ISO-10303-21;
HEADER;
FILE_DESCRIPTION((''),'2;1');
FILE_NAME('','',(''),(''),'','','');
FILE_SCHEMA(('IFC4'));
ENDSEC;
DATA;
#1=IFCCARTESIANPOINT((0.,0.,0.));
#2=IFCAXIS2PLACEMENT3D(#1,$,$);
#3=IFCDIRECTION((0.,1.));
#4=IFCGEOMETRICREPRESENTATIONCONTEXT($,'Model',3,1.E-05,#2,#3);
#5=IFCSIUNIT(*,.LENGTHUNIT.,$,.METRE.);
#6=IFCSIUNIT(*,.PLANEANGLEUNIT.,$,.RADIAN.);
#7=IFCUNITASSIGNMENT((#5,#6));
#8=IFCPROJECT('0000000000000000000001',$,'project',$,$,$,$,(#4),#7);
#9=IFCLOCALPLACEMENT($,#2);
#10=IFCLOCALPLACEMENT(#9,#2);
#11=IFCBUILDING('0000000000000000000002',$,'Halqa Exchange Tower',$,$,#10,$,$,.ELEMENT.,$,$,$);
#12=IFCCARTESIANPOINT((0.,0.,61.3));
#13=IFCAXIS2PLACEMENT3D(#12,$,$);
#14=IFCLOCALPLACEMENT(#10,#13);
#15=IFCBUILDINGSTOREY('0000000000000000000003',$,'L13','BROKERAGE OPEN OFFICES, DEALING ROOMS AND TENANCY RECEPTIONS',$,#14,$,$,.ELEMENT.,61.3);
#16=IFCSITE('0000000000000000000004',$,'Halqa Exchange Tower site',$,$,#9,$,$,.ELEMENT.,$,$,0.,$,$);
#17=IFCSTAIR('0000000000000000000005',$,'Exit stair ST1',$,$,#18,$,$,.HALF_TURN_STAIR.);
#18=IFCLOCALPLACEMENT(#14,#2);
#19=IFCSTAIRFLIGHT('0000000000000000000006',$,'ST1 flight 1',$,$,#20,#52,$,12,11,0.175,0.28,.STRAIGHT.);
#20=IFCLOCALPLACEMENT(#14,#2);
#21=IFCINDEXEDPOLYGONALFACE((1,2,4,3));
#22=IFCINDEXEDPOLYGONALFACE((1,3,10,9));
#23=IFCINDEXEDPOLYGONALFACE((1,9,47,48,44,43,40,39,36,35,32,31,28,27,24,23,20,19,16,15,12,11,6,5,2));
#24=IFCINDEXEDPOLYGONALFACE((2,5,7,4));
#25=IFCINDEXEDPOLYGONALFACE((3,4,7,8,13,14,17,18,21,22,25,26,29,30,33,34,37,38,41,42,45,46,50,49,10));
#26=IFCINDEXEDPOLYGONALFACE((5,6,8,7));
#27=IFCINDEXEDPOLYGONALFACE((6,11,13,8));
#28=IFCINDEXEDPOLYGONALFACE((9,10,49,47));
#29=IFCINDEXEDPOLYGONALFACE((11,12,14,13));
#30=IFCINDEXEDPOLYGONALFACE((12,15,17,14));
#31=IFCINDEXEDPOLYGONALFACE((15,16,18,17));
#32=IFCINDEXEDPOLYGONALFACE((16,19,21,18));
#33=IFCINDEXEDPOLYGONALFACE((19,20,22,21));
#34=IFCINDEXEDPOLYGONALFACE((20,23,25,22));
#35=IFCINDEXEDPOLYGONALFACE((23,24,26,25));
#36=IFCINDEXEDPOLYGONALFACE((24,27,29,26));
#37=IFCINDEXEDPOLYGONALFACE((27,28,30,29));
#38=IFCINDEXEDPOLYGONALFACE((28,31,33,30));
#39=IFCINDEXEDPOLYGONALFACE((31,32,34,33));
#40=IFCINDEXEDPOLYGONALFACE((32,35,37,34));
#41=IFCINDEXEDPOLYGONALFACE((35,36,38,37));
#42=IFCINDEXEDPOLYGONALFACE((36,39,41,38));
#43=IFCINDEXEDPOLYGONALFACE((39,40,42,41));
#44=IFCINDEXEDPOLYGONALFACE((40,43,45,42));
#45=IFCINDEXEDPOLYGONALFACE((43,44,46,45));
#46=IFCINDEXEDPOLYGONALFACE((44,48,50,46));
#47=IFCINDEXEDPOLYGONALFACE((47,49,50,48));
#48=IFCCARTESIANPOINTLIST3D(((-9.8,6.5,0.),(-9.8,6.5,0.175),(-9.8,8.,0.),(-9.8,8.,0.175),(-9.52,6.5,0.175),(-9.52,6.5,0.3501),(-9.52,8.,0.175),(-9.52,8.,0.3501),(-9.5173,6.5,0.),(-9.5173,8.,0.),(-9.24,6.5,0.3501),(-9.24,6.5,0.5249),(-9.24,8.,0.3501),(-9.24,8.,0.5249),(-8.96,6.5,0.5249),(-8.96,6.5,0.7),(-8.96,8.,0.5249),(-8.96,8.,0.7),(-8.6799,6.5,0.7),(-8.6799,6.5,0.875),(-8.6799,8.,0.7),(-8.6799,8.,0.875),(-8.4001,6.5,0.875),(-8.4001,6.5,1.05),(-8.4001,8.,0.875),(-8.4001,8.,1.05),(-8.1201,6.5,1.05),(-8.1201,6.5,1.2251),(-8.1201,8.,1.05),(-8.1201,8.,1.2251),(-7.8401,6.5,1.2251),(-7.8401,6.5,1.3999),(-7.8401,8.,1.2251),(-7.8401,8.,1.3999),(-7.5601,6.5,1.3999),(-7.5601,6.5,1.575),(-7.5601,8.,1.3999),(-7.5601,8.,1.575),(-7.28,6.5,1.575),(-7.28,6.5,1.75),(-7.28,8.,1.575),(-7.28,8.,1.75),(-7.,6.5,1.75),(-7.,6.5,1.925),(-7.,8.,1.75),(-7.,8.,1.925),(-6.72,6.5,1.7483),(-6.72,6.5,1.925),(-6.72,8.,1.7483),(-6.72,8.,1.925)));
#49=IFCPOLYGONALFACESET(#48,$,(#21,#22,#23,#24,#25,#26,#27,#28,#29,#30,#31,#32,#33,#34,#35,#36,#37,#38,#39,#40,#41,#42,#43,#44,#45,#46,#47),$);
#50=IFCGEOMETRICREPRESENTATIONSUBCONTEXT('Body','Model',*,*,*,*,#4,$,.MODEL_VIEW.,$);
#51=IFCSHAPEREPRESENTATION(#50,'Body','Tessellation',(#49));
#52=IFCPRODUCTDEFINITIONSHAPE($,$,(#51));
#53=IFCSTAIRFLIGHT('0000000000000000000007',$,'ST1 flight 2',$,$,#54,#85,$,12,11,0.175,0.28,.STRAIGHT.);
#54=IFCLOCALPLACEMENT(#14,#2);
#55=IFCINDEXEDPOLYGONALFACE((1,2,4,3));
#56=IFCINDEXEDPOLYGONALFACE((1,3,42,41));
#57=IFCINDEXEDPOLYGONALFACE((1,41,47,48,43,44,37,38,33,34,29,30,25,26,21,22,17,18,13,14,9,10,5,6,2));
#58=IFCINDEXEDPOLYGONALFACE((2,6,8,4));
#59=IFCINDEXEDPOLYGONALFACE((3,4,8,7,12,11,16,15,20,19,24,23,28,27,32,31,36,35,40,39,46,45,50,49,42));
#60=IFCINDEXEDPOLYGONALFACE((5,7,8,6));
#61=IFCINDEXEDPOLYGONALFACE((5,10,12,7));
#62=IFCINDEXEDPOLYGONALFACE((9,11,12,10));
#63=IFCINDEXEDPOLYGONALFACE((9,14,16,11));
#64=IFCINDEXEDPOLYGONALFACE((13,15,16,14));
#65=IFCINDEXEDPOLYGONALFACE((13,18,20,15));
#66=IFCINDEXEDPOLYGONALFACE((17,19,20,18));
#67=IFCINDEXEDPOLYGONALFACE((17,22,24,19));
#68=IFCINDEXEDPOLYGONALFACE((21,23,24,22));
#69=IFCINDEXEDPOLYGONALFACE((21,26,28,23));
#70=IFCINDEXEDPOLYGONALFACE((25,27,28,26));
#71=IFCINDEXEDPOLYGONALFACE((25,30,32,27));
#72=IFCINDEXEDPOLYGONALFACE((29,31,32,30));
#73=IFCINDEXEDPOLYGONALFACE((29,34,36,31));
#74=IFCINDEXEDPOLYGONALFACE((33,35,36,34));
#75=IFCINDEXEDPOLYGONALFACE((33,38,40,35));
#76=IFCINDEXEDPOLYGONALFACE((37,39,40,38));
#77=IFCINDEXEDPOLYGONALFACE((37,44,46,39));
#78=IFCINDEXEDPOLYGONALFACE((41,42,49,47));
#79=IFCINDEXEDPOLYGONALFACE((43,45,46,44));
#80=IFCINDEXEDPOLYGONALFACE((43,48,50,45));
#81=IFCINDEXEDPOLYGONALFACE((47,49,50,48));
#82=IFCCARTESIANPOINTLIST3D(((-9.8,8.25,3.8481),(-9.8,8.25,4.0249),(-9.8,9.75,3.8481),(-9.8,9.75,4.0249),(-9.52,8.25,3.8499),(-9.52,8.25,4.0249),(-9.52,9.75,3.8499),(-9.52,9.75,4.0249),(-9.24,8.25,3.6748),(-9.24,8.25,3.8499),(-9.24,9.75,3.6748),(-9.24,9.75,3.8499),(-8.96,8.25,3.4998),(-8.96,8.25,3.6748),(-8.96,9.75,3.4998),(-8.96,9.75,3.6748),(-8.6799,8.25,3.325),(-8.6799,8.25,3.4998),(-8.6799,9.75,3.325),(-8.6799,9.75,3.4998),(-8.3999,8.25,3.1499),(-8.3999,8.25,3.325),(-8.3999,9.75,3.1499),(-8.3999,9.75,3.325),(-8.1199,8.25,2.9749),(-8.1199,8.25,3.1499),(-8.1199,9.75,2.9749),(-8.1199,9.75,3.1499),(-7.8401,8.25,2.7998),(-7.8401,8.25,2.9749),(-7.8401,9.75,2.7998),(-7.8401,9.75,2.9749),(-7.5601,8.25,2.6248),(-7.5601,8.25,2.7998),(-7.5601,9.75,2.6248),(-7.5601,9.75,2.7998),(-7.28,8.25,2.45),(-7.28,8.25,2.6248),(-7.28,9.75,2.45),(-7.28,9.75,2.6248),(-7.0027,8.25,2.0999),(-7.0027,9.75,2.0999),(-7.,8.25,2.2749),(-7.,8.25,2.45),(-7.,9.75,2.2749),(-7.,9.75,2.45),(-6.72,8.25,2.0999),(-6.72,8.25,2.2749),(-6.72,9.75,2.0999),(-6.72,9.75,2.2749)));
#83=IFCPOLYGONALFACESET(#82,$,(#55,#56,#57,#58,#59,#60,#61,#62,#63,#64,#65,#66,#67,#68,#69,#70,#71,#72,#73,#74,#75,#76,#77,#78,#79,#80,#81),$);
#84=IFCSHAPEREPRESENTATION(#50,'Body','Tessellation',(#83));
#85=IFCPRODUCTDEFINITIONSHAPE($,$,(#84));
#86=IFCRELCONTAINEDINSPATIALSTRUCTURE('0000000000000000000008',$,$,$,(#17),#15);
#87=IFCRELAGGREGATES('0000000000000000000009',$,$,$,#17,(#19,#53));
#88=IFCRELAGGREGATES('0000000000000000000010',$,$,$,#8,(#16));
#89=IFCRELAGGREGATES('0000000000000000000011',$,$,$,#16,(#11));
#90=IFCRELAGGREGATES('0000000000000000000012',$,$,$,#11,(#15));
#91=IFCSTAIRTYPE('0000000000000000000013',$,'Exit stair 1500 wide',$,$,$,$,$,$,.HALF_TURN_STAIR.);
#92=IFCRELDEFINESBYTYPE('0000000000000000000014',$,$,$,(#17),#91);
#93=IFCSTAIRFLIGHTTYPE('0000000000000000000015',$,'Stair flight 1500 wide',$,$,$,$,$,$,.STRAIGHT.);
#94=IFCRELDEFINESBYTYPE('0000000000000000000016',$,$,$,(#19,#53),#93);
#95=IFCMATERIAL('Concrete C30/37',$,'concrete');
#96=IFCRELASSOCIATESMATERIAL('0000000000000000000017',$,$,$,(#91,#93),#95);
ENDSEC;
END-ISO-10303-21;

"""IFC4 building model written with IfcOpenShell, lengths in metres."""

from ifc_helpers import new_model, si_unit, direction, frame, origin, place, context, subcontext, project, spatial, polyline, outline, extrude, material, type_object, element, aggregate, save


model = new_model("IFC4")

# Units and contexts
model_context = context("Model", 3, precision=1e-05, world=origin(), true_north=direction((0.0, 1.0)))
body_context = subcontext(model_context, "Body", "Model", "MODEL_VIEW")
ifc_project = project(units=[si_unit("LENGTHUNIT", "METRE"), si_unit("PLANEANGLEUNIT", "RADIAN")], contexts=[model_context])

# Site, building, storey
site_placement = place(None, origin())
site = spatial("IfcSite", under=ifc_project, at=site_placement, Name="Halqa Exchange Tower site", CompositionType="ELEMENT", RefElevation=0.0)
building_placement = place(site_placement, origin())
building = spatial("IfcBuilding", under=site, at=building_placement, Name="Halqa Exchange Tower", CompositionType="ELEMENT")
storey_placement = place(building_placement, frame((0.0, 0.0, 61.3)))
storey = spatial("IfcBuildingStorey", under=building, at=storey_placement, Name="L13", Description="BROKERAGE OPEN OFFICES, DEALING ROOMS AND TENANCY RECEPTIONS", CompositionType="ELEMENT", Elevation=61.3)

# Shared definitions
ifc_material_1 = material(Name="Concrete C30/37", Category="concrete")

# Stair, stair flights
stair_type = type_object("IfcStairType", Name="Exit stair 1500 wide", PredefinedType="HALF_TURN_STAIR", material=ifc_material_1)
stair_placement = place(storey_placement, origin())
stair = element("IfcStair", 1, at=stair_placement, inside=storey, type_object=stair_type, Name="Exit stair ST1", PredefinedType="HALF_TURN_STAIR")
stair_flight_type = type_object("IfcStairFlightType", Name="Stair flight 1500 wide", PredefinedType="STRAIGHT", material=ifc_material_1)
stair_flight_1_placement = place(storey_placement, frame((-9.8, 7.25, 0.0), z_axis=(0.0, 0.0, 1.0), x_axis=(1.0, 0.0, 0.0)))
stair_flight_1 = element("IfcStairFlight", 2, at=stair_flight_1_placement, type_object=stair_flight_type, Name="ST1 flight 1", NumberOfRisers=12, NumberOfTreads=11, PredefinedType="STRAIGHT", RiserHeight=0.175, TreadLength=0.28, context=body_context, shape_type="SweptSolid", body=[
    extrude(outline(polyline([(0.0, 0.0), (0.0, 0.175), (0.28, 0.175), (0.28, 0.3501), (0.5601, 0.3501), (0.5601, 0.5249), (0.8401, 0.5249), (0.8401, 0.7), (1.1201, 0.7), (1.1201, 0.875), (1.3999, 0.875), (1.3999, 1.05), (1.6799, 1.05), (1.6799, 1.2251), (1.96, 1.2251), (1.96, 1.3999), (2.24, 1.3999), (2.24, 1.575), (2.52, 1.575), (2.52, 1.75), (2.8, 1.75), (2.8, 1.925), (3.0801, 1.925), (3.0801, 2.1001), (3.0801, 1.7483), (0.2827, 0.0), (0.0, 0.0)])), frame((0.0, 0.75, 0.0), z_axis=(0.0, -1.0, 0.0), x_axis=(1.0, 0.0, 0.0)), (0.0, 0.0, 1.0), 1.5),
])
stair_flight_2_placement = place(storey_placement, frame((-6.72, 9.0, 2.0999), z_axis=(0.0, 0.0, 1.0), x_axis=(-1.0, 0.0, 0.0)))
stair_flight_2 = element("IfcStairFlight", 3, at=stair_flight_2_placement, type_object=stair_flight_type, Name="ST1 flight 2", NumberOfRisers=12, NumberOfTreads=11, PredefinedType="STRAIGHT", RiserHeight=0.175, TreadLength=0.28, context=body_context, shape_type="SweptSolid", body=[
    extrude(outline(polyline([(0.0, 0.0), (0.0, 0.175), (0.28, 0.175), (0.28, 0.3501), (0.5601, 0.3501), (0.5601, 0.5249), (0.8401, 0.5249), (0.8401, 0.7), (1.1201, 0.7), (1.1201, 0.875), (1.3999, 0.875), (1.3999, 1.05), (1.6799, 1.05), (1.6799, 1.2251), (1.96, 1.2251), (1.96, 1.3999), (2.24, 1.3999), (2.24, 1.575), (2.52, 1.575), (2.52, 1.75), (2.8, 1.75), (2.8, 1.925), (3.0801, 1.925), (3.0801, 2.1001), (3.0801, 1.7483), (0.2827, 0.0), (0.0, 0.0)])), frame((0.0, 0.75, 0.0), z_axis=(0.0, -1.0, 0.0), x_axis=(1.0, 0.0, 0.0)), (0.0, 0.0, 1.0), 1.5),
])
aggregate(stair, [stair_flight_1, stair_flight_2])

save(model, "model.ifc")
